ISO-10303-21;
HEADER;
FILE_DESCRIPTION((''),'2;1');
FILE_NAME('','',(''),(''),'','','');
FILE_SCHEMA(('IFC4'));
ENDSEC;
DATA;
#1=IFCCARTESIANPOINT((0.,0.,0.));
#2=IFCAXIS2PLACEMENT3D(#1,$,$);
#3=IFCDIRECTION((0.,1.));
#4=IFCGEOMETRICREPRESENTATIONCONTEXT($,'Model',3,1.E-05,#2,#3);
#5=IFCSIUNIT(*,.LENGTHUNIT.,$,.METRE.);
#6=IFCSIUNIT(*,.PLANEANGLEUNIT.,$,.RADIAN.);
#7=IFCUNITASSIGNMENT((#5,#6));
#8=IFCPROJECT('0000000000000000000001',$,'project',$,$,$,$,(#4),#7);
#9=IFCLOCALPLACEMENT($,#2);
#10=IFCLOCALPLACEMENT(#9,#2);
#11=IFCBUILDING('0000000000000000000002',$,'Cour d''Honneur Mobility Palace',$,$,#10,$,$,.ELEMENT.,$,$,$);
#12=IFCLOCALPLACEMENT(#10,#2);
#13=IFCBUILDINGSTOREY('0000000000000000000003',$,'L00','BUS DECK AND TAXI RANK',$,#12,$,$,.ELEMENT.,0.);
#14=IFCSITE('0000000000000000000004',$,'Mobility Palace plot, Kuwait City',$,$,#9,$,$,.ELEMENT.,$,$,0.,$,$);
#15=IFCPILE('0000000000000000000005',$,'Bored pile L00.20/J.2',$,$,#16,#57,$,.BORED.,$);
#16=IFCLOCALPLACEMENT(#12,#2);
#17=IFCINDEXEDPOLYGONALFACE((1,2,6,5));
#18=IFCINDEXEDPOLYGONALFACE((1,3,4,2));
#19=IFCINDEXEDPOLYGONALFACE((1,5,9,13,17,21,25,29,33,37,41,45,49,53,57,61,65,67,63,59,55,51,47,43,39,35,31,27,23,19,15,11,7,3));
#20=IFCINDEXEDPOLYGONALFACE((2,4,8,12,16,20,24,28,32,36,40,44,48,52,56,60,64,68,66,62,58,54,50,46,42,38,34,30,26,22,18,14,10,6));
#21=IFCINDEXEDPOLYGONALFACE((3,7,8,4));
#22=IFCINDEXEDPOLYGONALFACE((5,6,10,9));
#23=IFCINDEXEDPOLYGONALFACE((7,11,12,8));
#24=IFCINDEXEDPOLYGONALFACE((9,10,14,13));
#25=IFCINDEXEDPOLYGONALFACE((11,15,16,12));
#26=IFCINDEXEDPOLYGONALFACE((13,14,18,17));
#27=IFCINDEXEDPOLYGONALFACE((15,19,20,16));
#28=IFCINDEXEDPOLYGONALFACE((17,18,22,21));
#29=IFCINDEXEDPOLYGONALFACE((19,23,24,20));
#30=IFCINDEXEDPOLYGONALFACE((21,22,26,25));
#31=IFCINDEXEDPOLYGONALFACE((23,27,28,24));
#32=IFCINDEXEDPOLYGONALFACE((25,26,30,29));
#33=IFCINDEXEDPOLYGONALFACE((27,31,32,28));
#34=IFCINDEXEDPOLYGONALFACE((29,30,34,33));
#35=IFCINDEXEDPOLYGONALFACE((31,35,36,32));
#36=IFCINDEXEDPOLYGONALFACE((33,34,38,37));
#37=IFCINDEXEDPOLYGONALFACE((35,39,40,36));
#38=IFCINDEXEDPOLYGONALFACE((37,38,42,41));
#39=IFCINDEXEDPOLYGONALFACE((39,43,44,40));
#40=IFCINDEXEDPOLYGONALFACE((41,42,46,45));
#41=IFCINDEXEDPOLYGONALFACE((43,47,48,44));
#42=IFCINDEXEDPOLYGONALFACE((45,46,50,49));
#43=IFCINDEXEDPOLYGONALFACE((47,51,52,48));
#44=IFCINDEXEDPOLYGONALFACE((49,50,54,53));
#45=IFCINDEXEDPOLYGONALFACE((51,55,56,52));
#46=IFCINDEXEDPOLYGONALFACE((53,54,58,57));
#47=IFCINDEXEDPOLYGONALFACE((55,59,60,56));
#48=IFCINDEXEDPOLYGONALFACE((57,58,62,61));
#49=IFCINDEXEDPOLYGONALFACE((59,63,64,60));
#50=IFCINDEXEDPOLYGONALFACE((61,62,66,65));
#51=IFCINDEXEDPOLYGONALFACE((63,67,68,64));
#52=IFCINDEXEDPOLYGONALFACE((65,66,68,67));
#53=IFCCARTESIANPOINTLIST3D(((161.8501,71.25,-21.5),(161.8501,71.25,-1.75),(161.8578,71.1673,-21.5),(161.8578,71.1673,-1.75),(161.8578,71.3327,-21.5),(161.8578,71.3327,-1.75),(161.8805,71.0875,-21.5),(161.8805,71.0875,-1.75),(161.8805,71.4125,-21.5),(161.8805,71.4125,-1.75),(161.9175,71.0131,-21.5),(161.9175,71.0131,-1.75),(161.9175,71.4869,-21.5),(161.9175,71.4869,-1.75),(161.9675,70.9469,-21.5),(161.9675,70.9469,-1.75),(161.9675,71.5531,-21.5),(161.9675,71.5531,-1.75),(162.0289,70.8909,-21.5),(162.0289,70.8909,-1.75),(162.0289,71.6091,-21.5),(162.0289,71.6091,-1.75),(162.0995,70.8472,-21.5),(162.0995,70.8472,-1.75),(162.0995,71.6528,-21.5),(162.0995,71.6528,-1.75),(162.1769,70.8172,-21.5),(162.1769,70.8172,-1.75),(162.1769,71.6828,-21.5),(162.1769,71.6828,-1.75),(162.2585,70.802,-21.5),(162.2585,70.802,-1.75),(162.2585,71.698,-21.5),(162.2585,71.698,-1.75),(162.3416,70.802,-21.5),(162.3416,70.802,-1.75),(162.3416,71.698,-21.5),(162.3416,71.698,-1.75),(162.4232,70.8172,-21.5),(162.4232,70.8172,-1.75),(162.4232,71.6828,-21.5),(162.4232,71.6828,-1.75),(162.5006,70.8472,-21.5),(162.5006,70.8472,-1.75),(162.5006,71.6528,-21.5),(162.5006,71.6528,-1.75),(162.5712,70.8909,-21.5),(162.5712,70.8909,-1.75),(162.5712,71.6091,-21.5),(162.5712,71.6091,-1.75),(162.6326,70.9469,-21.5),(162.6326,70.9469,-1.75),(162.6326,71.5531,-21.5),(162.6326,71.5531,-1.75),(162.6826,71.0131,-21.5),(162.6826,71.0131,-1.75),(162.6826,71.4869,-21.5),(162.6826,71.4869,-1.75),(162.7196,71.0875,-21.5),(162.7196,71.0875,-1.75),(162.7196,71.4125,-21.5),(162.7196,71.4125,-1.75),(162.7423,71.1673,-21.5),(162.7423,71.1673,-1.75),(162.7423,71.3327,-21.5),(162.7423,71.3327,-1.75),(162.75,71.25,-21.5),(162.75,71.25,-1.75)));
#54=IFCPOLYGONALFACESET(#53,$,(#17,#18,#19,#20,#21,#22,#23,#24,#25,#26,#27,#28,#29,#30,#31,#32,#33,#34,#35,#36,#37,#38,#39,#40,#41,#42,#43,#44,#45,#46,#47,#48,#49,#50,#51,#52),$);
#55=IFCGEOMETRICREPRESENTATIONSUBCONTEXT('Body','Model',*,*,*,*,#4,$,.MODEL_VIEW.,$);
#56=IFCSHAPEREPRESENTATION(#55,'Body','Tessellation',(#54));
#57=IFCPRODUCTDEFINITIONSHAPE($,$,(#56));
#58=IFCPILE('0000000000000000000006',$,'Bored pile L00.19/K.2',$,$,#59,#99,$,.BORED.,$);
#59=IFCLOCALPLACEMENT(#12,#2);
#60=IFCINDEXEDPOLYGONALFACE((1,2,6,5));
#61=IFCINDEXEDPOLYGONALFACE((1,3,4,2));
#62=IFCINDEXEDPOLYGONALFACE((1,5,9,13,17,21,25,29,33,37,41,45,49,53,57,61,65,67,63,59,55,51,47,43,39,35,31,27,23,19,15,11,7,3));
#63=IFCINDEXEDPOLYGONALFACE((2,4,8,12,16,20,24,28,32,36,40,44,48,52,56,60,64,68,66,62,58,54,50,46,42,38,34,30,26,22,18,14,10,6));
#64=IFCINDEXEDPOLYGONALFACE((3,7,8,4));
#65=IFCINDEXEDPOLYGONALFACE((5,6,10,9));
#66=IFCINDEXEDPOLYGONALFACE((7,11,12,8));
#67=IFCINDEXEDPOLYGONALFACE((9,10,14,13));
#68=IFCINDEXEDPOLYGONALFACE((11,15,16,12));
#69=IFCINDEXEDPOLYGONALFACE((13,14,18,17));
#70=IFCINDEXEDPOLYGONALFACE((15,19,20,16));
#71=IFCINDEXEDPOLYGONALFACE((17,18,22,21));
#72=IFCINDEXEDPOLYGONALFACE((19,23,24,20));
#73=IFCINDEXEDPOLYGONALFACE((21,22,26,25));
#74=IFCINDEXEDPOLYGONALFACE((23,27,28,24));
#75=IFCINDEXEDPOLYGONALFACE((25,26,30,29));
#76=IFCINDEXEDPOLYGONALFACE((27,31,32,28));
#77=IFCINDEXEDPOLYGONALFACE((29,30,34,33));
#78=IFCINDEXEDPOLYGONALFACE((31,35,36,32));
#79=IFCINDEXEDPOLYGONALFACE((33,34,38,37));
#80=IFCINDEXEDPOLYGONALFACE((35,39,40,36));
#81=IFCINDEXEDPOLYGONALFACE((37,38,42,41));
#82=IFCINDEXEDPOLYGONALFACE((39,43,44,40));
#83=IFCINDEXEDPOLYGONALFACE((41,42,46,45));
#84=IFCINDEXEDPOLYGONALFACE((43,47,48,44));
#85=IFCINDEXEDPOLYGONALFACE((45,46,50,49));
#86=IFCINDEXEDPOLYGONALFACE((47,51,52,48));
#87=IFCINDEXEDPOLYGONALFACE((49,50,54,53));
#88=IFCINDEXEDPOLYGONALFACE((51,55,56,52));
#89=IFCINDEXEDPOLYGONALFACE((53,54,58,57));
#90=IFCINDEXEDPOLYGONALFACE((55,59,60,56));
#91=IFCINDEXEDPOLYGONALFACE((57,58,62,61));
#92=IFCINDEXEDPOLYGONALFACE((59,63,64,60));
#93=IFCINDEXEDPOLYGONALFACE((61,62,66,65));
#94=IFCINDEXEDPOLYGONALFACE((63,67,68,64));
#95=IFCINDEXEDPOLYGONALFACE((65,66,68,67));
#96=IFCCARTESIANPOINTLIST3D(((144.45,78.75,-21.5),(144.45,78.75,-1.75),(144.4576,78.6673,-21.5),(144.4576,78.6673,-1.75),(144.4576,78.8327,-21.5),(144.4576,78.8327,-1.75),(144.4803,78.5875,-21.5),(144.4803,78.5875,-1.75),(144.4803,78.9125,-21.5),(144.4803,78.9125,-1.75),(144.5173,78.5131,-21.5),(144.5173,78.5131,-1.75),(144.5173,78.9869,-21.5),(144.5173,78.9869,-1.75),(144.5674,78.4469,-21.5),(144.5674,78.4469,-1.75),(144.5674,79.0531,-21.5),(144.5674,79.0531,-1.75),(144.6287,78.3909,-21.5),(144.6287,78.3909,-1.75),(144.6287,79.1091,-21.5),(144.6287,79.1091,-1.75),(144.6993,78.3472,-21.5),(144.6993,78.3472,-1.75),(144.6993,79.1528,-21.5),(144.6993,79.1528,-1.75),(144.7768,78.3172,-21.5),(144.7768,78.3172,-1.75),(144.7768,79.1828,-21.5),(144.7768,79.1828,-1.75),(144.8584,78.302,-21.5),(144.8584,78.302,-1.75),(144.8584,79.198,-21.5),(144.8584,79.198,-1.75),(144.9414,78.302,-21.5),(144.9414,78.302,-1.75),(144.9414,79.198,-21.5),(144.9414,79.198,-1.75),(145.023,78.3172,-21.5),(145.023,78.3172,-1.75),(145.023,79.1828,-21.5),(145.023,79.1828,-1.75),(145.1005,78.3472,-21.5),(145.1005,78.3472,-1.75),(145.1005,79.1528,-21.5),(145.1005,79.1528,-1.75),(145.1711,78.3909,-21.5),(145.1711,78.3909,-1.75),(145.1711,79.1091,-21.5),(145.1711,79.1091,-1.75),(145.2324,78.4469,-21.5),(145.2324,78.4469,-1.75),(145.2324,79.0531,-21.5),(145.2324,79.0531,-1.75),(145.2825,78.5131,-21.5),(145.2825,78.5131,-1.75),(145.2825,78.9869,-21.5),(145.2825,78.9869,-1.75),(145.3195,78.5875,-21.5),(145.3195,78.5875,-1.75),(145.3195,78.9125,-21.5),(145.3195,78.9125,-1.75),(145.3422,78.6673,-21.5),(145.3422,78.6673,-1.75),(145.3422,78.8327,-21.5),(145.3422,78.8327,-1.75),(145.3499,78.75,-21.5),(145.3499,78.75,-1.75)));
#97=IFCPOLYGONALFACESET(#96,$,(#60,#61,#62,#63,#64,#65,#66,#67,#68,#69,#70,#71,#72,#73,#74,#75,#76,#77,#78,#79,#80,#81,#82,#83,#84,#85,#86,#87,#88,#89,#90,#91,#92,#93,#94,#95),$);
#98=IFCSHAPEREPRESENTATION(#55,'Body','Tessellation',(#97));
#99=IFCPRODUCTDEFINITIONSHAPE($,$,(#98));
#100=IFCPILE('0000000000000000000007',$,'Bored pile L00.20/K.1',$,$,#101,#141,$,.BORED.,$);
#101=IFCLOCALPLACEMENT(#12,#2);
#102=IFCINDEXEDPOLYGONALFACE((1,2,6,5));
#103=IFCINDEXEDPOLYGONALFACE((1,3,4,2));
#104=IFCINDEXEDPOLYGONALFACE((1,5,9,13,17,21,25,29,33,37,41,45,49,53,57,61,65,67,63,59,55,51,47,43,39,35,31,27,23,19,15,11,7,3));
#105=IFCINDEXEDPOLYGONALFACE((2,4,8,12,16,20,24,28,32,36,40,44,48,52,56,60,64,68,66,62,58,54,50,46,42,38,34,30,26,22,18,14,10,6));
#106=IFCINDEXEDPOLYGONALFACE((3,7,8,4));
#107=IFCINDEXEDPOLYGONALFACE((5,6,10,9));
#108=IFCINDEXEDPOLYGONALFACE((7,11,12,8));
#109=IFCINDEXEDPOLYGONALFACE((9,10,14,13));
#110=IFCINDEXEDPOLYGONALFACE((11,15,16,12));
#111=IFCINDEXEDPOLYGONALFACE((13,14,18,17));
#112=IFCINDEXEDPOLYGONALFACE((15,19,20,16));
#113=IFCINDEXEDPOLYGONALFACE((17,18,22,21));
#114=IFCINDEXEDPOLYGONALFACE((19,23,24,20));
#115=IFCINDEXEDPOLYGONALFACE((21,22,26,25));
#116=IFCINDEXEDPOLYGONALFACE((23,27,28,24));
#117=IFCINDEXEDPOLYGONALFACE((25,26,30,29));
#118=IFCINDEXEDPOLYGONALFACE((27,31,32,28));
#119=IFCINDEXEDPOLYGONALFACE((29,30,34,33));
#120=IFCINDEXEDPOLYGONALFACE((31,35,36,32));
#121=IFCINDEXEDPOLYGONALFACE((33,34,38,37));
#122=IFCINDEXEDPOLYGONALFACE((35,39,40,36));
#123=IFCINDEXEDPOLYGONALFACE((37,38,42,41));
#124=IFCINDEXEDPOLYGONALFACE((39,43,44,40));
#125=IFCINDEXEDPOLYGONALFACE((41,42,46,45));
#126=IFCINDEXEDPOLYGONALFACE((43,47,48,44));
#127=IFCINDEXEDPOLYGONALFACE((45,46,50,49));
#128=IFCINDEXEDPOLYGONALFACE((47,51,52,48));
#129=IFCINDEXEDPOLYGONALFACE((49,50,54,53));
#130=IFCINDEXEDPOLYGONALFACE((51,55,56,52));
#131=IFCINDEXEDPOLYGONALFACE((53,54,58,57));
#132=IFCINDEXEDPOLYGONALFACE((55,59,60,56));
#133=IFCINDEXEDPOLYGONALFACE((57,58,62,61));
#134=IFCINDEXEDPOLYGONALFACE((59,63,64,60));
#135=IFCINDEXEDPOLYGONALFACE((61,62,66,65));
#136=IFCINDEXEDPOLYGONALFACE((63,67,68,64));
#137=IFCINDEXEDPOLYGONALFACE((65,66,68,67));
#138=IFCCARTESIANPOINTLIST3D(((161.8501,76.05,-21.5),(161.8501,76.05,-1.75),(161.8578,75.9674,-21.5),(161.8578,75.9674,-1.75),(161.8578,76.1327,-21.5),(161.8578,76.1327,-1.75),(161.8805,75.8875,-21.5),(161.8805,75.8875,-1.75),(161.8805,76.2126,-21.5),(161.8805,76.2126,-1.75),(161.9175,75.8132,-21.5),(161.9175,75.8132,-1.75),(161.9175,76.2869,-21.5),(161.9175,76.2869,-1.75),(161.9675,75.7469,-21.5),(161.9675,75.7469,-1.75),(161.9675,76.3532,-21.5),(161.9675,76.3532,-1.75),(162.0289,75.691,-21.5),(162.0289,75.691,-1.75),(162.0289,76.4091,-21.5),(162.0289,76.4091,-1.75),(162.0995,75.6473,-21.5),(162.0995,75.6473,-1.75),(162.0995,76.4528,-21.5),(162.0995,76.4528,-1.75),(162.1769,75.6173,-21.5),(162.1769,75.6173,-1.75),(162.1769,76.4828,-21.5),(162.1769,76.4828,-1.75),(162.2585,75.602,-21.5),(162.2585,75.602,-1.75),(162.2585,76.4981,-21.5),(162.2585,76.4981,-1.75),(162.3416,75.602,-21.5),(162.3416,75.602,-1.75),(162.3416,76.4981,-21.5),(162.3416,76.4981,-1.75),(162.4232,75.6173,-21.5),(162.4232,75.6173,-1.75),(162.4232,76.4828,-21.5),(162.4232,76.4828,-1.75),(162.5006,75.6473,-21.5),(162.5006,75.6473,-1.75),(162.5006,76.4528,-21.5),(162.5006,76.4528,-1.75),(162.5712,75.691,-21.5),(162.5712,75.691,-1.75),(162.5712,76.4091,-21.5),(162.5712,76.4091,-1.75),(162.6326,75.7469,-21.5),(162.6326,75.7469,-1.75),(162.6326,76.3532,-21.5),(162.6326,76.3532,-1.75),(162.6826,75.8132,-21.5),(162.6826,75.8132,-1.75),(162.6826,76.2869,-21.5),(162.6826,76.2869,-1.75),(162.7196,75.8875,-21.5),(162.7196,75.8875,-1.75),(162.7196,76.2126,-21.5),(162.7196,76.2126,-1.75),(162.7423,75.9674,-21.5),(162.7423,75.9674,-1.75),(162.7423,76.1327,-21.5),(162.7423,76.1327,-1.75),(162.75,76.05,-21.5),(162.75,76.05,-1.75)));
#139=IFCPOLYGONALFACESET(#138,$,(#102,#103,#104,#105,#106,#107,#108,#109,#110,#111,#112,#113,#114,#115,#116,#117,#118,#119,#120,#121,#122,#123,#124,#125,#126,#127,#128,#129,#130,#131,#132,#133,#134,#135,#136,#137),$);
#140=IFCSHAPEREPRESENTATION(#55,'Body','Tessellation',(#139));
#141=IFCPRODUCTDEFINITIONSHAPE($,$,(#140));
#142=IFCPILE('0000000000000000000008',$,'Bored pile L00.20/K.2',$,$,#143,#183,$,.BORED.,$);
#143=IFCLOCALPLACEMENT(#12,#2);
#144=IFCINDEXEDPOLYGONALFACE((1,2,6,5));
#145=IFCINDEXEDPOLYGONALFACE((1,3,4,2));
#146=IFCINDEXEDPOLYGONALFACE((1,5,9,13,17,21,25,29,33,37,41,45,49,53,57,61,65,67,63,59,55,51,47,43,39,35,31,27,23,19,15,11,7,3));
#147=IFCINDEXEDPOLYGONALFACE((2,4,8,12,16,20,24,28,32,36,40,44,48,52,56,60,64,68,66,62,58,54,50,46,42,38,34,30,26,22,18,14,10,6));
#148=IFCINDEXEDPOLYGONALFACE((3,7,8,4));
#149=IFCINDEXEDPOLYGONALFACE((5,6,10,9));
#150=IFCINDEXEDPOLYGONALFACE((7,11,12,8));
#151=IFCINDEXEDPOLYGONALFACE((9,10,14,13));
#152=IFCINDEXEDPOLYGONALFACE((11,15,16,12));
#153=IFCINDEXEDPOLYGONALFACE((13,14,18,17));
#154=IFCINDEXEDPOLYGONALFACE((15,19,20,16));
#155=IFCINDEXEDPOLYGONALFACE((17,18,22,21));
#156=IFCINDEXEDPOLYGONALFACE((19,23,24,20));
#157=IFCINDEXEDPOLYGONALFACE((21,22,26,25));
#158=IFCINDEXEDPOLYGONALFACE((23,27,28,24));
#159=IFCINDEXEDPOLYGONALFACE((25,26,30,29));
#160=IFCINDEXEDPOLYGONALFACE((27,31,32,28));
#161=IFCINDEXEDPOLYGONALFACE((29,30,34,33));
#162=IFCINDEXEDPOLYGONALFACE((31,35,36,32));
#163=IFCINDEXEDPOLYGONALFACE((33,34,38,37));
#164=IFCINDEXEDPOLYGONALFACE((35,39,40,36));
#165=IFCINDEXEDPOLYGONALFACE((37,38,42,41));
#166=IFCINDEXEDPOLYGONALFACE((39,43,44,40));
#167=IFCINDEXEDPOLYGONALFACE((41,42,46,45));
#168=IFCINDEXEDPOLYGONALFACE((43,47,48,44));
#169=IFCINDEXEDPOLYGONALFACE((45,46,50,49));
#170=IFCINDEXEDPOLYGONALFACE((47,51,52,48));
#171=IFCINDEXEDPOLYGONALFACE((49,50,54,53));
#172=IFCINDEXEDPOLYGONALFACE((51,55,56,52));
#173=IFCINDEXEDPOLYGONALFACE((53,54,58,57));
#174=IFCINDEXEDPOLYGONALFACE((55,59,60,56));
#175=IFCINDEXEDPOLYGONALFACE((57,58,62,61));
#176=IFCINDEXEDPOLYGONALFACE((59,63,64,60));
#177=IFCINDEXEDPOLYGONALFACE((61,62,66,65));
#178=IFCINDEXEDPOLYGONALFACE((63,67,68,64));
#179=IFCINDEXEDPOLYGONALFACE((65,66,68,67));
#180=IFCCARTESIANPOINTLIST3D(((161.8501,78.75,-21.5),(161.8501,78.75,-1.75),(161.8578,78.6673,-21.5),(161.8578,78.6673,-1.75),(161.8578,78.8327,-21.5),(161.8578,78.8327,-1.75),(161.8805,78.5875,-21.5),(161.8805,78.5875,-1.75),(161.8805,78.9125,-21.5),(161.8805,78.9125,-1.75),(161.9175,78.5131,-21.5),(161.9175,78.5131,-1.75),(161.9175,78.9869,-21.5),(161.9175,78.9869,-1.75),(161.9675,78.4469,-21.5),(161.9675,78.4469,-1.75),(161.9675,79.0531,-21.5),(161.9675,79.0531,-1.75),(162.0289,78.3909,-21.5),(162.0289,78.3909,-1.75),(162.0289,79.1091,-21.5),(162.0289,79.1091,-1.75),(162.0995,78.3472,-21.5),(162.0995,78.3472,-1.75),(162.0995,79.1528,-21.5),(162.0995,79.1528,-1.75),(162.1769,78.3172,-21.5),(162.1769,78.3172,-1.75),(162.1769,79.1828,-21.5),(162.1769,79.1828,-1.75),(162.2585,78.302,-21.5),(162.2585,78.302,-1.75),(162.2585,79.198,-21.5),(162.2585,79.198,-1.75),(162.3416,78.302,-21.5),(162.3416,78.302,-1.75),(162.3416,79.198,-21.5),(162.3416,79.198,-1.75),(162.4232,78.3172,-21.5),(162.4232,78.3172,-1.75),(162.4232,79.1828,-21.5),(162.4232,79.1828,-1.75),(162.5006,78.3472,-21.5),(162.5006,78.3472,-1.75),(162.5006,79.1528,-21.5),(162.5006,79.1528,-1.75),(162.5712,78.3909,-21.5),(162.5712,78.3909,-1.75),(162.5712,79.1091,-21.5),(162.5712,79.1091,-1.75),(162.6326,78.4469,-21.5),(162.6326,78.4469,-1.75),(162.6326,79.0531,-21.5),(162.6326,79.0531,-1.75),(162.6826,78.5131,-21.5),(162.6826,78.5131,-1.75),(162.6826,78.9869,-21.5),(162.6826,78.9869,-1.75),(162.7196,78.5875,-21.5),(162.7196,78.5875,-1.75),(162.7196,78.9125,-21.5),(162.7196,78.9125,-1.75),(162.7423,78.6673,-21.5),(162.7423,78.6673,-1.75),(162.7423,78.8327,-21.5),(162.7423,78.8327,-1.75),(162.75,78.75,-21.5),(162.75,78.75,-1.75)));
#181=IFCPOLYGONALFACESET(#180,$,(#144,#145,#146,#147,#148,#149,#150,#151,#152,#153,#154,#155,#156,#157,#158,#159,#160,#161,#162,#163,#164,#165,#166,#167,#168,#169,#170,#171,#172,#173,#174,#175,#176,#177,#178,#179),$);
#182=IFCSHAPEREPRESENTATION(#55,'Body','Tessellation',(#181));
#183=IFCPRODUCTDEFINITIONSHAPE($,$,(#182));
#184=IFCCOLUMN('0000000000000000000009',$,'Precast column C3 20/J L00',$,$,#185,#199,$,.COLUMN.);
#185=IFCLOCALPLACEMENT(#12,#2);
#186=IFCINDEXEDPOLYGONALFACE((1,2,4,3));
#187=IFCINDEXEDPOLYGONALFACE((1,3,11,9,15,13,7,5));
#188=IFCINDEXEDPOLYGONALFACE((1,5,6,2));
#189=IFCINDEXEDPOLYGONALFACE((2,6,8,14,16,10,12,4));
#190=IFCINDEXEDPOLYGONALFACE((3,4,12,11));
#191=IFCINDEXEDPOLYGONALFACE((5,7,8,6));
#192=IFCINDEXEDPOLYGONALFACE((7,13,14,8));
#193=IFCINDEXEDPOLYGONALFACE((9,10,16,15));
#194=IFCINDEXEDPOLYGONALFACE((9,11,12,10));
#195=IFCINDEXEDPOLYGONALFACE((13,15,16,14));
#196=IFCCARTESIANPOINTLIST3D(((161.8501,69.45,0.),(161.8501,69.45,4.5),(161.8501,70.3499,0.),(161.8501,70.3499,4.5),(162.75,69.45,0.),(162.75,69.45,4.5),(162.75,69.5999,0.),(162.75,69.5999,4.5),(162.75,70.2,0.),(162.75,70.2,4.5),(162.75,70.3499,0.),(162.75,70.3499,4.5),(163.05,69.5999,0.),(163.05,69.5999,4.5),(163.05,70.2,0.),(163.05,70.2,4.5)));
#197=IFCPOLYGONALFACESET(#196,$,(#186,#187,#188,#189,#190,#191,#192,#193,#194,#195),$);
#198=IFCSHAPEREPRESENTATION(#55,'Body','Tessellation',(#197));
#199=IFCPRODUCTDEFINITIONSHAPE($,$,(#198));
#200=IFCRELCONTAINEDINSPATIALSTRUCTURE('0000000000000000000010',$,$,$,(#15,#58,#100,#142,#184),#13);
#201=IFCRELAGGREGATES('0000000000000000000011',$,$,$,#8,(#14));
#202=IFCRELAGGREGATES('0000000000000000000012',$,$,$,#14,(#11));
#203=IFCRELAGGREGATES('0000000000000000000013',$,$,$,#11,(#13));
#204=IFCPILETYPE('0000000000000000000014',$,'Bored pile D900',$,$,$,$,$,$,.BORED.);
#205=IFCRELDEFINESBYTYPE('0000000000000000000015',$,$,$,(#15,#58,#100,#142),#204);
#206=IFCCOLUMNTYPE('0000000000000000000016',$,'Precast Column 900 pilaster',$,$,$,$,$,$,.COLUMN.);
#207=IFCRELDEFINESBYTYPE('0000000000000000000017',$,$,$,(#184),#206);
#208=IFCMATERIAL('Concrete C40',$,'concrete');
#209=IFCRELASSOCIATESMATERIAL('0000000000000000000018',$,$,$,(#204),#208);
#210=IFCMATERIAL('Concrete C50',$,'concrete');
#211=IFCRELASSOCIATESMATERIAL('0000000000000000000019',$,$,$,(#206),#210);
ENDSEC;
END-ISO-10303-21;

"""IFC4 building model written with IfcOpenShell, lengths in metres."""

from ifc_helpers import new_model, si_unit, direction, frame, origin, origin_2d, place, context, subcontext, project, spatial, polyline, circle, outline, extrude, material, material_profile, profile_set, type_object, element, save


model = new_model("IFC4")

# Units and contexts
model_context = context("Model", 3, precision=1e-05, world=origin(), true_north=direction((0.0, 1.0)))
body_context = subcontext(model_context, "Body", "Model", "MODEL_VIEW")
ifc_project = project(units=[si_unit("LENGTHUNIT", "METRE"), si_unit("PLANEANGLEUNIT", "RADIAN")], contexts=[model_context])

# Site, building, storey
site_placement = place(None, origin())
site = spatial("IfcSite", under=ifc_project, at=site_placement, Name="Mobility Palace plot, Kuwait City", CompositionType="ELEMENT", RefElevation=0.0)
building_placement = place(site_placement, origin())
building = spatial("IfcBuilding", under=site, at=building_placement, Name="Cour d'Honneur Mobility Palace", CompositionType="ELEMENT")
storey_placement = place(building_placement, origin())
storey = spatial("IfcBuildingStorey", under=building, at=storey_placement, Name="L00", Description="BUS DECK AND TAXI RANK", CompositionType="ELEMENT", Elevation=0.0)

# Piles
ifc_material_1 = material(Name="Concrete C40", Category="concrete")
ifc_material_profile_1 = material_profile(ifc_material_1, circle(Radius=0.45, at=origin_2d()), Name="Bored pile D900")
ifc_profile_set_1 = profile_set([ifc_material_profile_1], Name="Concrete C40")
pile_type = type_object("IfcPileType", Name="Bored pile D900", PredefinedType="BORED", material=ifc_profile_set_1)
for number, where, z_axis, x_axis, name in (
    (1, (162.3, 71.25, -1.75), (0.0, 0.0, -1.0), (1.0, 0.0, 0.0), "Bored pile L00.20/J.2"),
    (2, (144.8999, 78.75, -1.75), (0.0, 0.0, -1.0), (1.0, 0.0, 0.0), "Bored pile L00.19/K.2"),
    (3, (162.3, 76.05, -1.75), (0.0, 0.0, -1.0), (1.0, 0.0, 0.0), "Bored pile L00.20/K.1"),
    (4, (162.3, 78.75, -1.75), (0.0, 0.0, -1.0), (1.0, 0.0, 0.0), "Bored pile L00.20/K.2"),
):
    element("IfcPile", number, at=place(storey_placement, frame(where, z_axis=z_axis, x_axis=x_axis)), inside=storey, type_object=pile_type, Name=name, PredefinedType="BORED", context=body_context, shape_type="SweptSolid", body=[
        extrude(circle(Radius=0.45, at=origin_2d()), origin(), (0.0, 0.0, 1.0), 19.75),
    ])

# Column
ifc_material_2 = material(Name="Concrete C50", Category="concrete")
ifc_material_profile_2 = material_profile(ifc_material_2, outline(polyline([(-0.45, -0.45), (0.45, -0.45), (0.45, -0.3), (0.75, -0.3), (0.75, 0.3), (0.45, 0.3), (0.45, 0.45), (-0.45, 0.45), (-0.45, -0.45)])), Name="PC C900 pilaster")
ifc_profile_set_2 = profile_set([ifc_material_profile_2], Name="Concrete C50")
column_type = type_object("IfcColumnType", Name="Precast Column 900 pilaster", PredefinedType="COLUMN", material=ifc_profile_set_2)
for number, where, z_axis, x_axis, name in (
    (5, (162.3, 69.8999, 0.0), (0.0, 0.0, 1.0), (1.0, 0.0, 0.0), "Precast column C3 20/J L00"),
):
    element("IfcColumn", number, at=place(storey_placement, frame(where, z_axis=z_axis, x_axis=x_axis)), inside=storey, type_object=column_type, Name=name, PredefinedType="COLUMN", context=body_context, shape_type="SweptSolid", body=[
        extrude(outline(polyline([(-0.45, -0.45), (0.45, -0.45), (0.45, -0.3), (0.75, -0.3), (0.75, 0.3), (0.45, 0.3), (0.45, 0.45), (-0.45, 0.45), (-0.45, -0.45)])), origin(), (0.0, 0.0, 1.0), 4.5),
    ])

save(model, "model.ifc")
